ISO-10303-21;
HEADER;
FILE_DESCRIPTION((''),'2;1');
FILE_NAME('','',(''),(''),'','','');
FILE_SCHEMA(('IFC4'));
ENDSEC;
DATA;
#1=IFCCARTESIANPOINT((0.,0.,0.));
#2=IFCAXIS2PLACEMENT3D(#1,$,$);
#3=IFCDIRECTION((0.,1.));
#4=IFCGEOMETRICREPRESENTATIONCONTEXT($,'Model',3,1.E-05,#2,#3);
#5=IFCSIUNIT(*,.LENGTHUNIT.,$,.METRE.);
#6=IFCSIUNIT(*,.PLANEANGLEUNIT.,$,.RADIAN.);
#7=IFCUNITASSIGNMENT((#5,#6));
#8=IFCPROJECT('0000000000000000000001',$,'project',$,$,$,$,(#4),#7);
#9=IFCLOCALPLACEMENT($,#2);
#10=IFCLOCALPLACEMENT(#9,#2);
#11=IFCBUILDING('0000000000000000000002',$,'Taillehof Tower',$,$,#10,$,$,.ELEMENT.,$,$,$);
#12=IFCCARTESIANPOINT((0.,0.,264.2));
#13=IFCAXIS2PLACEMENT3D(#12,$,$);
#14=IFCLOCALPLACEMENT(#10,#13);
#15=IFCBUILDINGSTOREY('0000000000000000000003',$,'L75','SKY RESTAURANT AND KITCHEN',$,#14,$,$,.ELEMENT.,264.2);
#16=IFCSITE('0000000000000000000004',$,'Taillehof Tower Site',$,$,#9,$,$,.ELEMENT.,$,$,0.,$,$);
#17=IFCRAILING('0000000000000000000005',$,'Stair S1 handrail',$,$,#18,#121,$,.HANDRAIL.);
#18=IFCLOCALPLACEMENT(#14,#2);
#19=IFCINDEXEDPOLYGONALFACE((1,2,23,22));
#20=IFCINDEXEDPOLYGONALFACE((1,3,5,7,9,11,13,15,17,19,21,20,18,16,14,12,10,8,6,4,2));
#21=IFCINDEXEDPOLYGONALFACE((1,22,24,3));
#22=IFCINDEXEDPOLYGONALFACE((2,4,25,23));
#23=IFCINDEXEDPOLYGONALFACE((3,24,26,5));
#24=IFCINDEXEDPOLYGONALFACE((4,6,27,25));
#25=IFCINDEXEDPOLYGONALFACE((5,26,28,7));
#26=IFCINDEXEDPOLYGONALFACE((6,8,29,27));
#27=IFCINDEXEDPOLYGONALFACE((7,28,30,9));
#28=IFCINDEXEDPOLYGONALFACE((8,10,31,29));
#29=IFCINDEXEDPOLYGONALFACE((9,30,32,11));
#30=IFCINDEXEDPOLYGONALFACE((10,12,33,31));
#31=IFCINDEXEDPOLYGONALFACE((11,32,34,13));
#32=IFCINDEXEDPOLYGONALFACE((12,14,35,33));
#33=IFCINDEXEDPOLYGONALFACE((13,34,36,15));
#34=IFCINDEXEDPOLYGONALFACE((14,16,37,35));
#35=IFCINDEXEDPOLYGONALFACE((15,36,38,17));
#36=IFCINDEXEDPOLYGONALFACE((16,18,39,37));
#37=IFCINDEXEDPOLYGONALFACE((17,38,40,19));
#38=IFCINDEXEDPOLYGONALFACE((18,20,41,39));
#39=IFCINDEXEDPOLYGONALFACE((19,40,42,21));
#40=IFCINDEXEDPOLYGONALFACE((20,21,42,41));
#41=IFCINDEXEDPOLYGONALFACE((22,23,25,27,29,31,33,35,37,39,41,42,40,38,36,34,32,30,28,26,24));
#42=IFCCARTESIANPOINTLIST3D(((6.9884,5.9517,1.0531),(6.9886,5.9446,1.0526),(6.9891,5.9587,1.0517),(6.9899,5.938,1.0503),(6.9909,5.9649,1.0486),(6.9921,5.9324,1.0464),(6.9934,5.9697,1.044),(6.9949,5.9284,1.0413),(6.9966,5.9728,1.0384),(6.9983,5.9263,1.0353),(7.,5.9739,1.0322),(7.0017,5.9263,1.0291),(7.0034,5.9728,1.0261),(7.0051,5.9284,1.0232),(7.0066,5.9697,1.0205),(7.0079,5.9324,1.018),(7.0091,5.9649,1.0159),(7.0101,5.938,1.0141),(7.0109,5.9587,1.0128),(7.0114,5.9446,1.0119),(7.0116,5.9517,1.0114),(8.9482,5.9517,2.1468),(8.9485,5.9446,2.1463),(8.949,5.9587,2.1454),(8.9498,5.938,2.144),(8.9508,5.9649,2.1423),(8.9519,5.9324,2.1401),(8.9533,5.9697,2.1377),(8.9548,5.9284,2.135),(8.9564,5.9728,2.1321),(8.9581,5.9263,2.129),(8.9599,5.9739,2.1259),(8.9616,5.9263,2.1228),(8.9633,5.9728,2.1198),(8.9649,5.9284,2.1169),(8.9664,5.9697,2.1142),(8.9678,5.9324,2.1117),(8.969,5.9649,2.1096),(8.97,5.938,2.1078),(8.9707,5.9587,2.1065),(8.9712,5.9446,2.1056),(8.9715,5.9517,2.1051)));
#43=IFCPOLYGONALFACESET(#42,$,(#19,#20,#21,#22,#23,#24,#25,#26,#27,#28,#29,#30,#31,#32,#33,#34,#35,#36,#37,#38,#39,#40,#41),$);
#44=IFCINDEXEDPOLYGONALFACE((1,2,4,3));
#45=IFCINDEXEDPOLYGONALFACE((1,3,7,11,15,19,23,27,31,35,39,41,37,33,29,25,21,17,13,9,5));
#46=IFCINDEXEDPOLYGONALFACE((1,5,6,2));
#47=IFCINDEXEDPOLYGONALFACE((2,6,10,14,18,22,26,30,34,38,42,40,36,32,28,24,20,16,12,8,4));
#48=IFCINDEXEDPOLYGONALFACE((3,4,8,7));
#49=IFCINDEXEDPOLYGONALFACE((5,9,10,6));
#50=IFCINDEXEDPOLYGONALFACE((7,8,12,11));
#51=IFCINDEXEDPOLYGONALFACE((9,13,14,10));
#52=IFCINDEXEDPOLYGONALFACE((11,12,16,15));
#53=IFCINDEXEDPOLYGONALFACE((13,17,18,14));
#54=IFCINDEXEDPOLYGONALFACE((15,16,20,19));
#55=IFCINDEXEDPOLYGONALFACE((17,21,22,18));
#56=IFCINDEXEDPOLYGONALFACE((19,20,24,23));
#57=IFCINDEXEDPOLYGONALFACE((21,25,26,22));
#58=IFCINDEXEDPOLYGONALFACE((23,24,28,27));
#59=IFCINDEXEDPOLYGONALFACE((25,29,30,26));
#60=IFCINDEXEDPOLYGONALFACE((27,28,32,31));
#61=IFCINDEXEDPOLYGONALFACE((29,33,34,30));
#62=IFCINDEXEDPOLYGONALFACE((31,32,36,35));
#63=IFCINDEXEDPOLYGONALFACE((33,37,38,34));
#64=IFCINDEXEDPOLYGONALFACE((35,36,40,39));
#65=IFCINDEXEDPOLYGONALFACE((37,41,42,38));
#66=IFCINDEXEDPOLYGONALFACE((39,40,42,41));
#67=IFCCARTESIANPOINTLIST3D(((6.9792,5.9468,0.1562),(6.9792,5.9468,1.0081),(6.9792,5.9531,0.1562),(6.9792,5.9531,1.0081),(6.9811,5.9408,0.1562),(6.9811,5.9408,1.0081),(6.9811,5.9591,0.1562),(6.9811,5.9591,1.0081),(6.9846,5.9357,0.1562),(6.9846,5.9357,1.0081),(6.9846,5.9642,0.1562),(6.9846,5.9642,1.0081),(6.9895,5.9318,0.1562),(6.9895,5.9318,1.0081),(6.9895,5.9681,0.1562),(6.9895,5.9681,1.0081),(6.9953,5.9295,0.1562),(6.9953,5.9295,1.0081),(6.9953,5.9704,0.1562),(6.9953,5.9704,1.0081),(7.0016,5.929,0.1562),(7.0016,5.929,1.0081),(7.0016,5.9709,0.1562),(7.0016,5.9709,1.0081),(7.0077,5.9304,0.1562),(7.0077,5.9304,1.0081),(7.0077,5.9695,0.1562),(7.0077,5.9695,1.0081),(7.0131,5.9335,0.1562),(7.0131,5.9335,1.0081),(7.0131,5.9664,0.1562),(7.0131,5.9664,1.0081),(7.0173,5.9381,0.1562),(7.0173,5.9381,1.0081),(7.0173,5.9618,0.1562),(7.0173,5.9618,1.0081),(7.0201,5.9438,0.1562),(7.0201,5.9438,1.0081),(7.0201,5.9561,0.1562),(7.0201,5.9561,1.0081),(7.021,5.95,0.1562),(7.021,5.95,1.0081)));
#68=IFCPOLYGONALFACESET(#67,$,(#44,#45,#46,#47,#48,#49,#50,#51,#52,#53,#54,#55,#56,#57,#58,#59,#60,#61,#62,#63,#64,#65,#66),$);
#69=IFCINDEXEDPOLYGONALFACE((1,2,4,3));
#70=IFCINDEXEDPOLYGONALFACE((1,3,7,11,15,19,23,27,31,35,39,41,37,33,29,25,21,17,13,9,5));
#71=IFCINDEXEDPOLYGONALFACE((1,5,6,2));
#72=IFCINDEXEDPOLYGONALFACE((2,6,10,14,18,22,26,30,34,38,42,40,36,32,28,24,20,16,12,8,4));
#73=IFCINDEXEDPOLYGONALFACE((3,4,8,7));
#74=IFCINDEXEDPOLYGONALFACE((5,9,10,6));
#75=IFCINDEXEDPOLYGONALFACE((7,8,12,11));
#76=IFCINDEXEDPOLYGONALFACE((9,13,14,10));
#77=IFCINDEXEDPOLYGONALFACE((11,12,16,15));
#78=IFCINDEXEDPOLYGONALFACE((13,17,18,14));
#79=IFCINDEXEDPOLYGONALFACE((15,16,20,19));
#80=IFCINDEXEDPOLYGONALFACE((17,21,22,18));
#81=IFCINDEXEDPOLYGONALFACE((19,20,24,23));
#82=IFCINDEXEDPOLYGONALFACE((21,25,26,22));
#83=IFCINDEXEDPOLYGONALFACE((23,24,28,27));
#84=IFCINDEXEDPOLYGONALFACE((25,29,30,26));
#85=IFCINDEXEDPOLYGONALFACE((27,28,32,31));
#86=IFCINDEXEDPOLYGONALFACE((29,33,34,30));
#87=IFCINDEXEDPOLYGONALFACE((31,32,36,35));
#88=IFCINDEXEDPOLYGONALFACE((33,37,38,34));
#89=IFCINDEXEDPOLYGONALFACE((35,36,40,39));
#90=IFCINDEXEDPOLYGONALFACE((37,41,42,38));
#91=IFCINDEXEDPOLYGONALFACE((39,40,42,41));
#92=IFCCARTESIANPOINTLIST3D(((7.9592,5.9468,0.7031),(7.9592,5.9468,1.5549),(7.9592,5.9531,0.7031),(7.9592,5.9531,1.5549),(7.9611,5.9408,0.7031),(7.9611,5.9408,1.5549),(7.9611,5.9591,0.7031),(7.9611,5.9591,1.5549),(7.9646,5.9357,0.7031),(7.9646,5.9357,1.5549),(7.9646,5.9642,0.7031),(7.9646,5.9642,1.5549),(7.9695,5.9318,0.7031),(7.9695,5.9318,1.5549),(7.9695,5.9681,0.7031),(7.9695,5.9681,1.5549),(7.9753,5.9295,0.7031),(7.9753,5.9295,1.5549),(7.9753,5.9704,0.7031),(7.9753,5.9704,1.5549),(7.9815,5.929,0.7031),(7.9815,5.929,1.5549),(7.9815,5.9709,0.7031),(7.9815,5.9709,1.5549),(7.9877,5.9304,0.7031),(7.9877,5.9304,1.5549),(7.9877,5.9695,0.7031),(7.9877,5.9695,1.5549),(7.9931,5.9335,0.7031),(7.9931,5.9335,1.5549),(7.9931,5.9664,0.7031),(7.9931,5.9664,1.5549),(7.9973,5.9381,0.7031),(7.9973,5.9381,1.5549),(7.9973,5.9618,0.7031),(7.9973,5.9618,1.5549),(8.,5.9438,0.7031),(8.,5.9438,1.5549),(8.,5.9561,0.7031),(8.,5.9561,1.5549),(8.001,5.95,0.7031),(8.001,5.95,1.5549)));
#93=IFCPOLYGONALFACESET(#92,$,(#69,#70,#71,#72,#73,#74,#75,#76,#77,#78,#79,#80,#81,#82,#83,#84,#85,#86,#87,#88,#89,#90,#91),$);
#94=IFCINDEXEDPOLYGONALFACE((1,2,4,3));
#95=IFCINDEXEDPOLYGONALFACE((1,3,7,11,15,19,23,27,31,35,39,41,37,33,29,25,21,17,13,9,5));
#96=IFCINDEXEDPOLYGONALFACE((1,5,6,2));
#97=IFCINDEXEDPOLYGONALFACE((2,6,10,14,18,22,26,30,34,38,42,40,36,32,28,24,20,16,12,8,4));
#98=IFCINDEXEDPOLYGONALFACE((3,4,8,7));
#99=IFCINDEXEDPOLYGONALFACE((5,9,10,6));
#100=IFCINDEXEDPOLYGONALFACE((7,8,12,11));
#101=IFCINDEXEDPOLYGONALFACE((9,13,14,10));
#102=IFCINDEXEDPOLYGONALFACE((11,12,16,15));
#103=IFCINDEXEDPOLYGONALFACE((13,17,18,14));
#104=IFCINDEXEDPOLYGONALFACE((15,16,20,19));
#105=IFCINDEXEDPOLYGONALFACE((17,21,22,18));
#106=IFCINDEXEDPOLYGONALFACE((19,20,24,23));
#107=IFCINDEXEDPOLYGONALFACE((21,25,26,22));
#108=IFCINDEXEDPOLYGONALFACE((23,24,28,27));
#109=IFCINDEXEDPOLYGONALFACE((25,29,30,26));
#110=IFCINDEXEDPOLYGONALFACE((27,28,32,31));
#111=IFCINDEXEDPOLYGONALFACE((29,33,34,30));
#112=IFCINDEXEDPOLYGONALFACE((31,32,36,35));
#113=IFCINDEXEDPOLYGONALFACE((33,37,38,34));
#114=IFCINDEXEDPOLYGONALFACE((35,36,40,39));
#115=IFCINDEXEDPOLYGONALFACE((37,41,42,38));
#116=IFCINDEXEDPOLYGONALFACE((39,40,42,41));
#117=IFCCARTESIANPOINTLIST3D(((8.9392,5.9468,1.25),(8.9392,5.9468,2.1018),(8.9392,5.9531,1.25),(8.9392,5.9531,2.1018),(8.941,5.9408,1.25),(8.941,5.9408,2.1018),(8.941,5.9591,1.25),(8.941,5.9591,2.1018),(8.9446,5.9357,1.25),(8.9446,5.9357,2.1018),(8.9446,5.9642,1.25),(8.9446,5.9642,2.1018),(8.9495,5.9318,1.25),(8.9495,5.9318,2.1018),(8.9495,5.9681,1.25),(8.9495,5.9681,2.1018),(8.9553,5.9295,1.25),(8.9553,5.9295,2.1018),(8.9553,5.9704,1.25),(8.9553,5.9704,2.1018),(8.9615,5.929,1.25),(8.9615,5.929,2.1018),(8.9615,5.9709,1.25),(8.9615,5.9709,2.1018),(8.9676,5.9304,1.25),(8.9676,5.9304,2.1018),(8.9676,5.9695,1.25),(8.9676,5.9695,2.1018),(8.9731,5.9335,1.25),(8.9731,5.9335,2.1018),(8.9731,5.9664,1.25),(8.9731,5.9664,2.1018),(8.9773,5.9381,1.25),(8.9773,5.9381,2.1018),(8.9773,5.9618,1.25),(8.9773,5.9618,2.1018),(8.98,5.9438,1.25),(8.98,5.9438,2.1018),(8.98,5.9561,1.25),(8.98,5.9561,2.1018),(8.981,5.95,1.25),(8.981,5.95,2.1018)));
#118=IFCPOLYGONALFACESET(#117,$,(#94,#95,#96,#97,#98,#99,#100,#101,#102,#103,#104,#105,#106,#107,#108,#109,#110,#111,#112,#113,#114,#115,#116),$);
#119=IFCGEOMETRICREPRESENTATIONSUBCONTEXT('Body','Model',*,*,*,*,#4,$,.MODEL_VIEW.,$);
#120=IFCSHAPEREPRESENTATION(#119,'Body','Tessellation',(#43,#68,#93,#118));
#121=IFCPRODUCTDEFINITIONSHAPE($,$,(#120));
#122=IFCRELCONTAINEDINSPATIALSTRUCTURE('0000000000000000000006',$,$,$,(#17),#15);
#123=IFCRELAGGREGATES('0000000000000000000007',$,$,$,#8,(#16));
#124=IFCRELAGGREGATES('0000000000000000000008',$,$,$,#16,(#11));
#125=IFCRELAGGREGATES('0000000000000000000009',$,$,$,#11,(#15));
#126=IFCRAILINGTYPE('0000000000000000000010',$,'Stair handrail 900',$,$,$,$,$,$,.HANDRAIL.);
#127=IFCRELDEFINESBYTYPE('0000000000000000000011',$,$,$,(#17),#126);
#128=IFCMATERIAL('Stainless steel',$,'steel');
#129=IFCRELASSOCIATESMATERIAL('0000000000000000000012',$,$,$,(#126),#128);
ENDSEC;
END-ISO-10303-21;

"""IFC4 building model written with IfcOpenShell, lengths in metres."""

from ifc_helpers import new_model, si_unit, direction, frame, origin, origin_2d, place, context, subcontext, project, spatial, circle, extrude, material, type_object, element, save


model = new_model("IFC4")

# Units and contexts
model_context = context("Model", 3, precision=1e-05, world=origin(), true_north=direction((0.0, 1.0)))
body_context = subcontext(model_context, "Body", "Model", "MODEL_VIEW")
ifc_project = project(units=[si_unit("LENGTHUNIT", "METRE"), si_unit("PLANEANGLEUNIT", "RADIAN")], contexts=[model_context])

# Site, building, storey
site_placement = place(None, origin())
site = spatial("IfcSite", under=ifc_project, at=site_placement, Name="Taillehof Tower Site", CompositionType="ELEMENT", RefElevation=0.0)
building_placement = place(site_placement, origin())
building = spatial("IfcBuilding", under=site, at=building_placement, Name="Taillehof Tower", CompositionType="ELEMENT")
storey_placement = place(building_placement, frame((0.0, 0.0, 264.2)))
storey = spatial("IfcBuildingStorey", under=building, at=storey_placement, Name="L75", Description="SKY RESTAURANT AND KITCHEN", CompositionType="ELEMENT", Elevation=264.2)

# Railing
ifc_material_1 = material(Name="Stainless steel", Category="steel")
railing_type = type_object("IfcRailingType", Name="Stair handrail 900", PredefinedType="HANDRAIL", material=ifc_material_1)
railing_placement = place(storey_placement, frame((7.0, 5.95, 0.1562)))
element("IfcRailing", 1, at=railing_placement, inside=storey, type_object=railing_type, Name="Stair S1 handrail", PredefinedType="HANDRAIL", context=body_context, shape_type="SweptSolid", body=[
    extrude(circle(Radius=0.0239, at=origin_2d()), frame((0.0, 0.0, 0.876), z_axis=(0.873232, 0.0, 0.487304), x_axis=(0.0, 1.0, 0.0)), (0.0, 0.0, 1.0), 2.2444),
    extrude(circle(Radius=0.021, at=origin_2d()), origin(), (0.0, 0.0, 1.0), 0.8518),
    extrude(circle(Radius=0.021, at=origin_2d()), frame((0.98, 0.0, 0.5469)), (0.0, 0.0, 1.0), 0.8518),
    extrude(circle(Radius=0.021, at=origin_2d()), frame((1.96, 0.0, 1.0938)), (0.0, 0.0, 1.0), 0.8518),
])

save(model, "model.ifc")
